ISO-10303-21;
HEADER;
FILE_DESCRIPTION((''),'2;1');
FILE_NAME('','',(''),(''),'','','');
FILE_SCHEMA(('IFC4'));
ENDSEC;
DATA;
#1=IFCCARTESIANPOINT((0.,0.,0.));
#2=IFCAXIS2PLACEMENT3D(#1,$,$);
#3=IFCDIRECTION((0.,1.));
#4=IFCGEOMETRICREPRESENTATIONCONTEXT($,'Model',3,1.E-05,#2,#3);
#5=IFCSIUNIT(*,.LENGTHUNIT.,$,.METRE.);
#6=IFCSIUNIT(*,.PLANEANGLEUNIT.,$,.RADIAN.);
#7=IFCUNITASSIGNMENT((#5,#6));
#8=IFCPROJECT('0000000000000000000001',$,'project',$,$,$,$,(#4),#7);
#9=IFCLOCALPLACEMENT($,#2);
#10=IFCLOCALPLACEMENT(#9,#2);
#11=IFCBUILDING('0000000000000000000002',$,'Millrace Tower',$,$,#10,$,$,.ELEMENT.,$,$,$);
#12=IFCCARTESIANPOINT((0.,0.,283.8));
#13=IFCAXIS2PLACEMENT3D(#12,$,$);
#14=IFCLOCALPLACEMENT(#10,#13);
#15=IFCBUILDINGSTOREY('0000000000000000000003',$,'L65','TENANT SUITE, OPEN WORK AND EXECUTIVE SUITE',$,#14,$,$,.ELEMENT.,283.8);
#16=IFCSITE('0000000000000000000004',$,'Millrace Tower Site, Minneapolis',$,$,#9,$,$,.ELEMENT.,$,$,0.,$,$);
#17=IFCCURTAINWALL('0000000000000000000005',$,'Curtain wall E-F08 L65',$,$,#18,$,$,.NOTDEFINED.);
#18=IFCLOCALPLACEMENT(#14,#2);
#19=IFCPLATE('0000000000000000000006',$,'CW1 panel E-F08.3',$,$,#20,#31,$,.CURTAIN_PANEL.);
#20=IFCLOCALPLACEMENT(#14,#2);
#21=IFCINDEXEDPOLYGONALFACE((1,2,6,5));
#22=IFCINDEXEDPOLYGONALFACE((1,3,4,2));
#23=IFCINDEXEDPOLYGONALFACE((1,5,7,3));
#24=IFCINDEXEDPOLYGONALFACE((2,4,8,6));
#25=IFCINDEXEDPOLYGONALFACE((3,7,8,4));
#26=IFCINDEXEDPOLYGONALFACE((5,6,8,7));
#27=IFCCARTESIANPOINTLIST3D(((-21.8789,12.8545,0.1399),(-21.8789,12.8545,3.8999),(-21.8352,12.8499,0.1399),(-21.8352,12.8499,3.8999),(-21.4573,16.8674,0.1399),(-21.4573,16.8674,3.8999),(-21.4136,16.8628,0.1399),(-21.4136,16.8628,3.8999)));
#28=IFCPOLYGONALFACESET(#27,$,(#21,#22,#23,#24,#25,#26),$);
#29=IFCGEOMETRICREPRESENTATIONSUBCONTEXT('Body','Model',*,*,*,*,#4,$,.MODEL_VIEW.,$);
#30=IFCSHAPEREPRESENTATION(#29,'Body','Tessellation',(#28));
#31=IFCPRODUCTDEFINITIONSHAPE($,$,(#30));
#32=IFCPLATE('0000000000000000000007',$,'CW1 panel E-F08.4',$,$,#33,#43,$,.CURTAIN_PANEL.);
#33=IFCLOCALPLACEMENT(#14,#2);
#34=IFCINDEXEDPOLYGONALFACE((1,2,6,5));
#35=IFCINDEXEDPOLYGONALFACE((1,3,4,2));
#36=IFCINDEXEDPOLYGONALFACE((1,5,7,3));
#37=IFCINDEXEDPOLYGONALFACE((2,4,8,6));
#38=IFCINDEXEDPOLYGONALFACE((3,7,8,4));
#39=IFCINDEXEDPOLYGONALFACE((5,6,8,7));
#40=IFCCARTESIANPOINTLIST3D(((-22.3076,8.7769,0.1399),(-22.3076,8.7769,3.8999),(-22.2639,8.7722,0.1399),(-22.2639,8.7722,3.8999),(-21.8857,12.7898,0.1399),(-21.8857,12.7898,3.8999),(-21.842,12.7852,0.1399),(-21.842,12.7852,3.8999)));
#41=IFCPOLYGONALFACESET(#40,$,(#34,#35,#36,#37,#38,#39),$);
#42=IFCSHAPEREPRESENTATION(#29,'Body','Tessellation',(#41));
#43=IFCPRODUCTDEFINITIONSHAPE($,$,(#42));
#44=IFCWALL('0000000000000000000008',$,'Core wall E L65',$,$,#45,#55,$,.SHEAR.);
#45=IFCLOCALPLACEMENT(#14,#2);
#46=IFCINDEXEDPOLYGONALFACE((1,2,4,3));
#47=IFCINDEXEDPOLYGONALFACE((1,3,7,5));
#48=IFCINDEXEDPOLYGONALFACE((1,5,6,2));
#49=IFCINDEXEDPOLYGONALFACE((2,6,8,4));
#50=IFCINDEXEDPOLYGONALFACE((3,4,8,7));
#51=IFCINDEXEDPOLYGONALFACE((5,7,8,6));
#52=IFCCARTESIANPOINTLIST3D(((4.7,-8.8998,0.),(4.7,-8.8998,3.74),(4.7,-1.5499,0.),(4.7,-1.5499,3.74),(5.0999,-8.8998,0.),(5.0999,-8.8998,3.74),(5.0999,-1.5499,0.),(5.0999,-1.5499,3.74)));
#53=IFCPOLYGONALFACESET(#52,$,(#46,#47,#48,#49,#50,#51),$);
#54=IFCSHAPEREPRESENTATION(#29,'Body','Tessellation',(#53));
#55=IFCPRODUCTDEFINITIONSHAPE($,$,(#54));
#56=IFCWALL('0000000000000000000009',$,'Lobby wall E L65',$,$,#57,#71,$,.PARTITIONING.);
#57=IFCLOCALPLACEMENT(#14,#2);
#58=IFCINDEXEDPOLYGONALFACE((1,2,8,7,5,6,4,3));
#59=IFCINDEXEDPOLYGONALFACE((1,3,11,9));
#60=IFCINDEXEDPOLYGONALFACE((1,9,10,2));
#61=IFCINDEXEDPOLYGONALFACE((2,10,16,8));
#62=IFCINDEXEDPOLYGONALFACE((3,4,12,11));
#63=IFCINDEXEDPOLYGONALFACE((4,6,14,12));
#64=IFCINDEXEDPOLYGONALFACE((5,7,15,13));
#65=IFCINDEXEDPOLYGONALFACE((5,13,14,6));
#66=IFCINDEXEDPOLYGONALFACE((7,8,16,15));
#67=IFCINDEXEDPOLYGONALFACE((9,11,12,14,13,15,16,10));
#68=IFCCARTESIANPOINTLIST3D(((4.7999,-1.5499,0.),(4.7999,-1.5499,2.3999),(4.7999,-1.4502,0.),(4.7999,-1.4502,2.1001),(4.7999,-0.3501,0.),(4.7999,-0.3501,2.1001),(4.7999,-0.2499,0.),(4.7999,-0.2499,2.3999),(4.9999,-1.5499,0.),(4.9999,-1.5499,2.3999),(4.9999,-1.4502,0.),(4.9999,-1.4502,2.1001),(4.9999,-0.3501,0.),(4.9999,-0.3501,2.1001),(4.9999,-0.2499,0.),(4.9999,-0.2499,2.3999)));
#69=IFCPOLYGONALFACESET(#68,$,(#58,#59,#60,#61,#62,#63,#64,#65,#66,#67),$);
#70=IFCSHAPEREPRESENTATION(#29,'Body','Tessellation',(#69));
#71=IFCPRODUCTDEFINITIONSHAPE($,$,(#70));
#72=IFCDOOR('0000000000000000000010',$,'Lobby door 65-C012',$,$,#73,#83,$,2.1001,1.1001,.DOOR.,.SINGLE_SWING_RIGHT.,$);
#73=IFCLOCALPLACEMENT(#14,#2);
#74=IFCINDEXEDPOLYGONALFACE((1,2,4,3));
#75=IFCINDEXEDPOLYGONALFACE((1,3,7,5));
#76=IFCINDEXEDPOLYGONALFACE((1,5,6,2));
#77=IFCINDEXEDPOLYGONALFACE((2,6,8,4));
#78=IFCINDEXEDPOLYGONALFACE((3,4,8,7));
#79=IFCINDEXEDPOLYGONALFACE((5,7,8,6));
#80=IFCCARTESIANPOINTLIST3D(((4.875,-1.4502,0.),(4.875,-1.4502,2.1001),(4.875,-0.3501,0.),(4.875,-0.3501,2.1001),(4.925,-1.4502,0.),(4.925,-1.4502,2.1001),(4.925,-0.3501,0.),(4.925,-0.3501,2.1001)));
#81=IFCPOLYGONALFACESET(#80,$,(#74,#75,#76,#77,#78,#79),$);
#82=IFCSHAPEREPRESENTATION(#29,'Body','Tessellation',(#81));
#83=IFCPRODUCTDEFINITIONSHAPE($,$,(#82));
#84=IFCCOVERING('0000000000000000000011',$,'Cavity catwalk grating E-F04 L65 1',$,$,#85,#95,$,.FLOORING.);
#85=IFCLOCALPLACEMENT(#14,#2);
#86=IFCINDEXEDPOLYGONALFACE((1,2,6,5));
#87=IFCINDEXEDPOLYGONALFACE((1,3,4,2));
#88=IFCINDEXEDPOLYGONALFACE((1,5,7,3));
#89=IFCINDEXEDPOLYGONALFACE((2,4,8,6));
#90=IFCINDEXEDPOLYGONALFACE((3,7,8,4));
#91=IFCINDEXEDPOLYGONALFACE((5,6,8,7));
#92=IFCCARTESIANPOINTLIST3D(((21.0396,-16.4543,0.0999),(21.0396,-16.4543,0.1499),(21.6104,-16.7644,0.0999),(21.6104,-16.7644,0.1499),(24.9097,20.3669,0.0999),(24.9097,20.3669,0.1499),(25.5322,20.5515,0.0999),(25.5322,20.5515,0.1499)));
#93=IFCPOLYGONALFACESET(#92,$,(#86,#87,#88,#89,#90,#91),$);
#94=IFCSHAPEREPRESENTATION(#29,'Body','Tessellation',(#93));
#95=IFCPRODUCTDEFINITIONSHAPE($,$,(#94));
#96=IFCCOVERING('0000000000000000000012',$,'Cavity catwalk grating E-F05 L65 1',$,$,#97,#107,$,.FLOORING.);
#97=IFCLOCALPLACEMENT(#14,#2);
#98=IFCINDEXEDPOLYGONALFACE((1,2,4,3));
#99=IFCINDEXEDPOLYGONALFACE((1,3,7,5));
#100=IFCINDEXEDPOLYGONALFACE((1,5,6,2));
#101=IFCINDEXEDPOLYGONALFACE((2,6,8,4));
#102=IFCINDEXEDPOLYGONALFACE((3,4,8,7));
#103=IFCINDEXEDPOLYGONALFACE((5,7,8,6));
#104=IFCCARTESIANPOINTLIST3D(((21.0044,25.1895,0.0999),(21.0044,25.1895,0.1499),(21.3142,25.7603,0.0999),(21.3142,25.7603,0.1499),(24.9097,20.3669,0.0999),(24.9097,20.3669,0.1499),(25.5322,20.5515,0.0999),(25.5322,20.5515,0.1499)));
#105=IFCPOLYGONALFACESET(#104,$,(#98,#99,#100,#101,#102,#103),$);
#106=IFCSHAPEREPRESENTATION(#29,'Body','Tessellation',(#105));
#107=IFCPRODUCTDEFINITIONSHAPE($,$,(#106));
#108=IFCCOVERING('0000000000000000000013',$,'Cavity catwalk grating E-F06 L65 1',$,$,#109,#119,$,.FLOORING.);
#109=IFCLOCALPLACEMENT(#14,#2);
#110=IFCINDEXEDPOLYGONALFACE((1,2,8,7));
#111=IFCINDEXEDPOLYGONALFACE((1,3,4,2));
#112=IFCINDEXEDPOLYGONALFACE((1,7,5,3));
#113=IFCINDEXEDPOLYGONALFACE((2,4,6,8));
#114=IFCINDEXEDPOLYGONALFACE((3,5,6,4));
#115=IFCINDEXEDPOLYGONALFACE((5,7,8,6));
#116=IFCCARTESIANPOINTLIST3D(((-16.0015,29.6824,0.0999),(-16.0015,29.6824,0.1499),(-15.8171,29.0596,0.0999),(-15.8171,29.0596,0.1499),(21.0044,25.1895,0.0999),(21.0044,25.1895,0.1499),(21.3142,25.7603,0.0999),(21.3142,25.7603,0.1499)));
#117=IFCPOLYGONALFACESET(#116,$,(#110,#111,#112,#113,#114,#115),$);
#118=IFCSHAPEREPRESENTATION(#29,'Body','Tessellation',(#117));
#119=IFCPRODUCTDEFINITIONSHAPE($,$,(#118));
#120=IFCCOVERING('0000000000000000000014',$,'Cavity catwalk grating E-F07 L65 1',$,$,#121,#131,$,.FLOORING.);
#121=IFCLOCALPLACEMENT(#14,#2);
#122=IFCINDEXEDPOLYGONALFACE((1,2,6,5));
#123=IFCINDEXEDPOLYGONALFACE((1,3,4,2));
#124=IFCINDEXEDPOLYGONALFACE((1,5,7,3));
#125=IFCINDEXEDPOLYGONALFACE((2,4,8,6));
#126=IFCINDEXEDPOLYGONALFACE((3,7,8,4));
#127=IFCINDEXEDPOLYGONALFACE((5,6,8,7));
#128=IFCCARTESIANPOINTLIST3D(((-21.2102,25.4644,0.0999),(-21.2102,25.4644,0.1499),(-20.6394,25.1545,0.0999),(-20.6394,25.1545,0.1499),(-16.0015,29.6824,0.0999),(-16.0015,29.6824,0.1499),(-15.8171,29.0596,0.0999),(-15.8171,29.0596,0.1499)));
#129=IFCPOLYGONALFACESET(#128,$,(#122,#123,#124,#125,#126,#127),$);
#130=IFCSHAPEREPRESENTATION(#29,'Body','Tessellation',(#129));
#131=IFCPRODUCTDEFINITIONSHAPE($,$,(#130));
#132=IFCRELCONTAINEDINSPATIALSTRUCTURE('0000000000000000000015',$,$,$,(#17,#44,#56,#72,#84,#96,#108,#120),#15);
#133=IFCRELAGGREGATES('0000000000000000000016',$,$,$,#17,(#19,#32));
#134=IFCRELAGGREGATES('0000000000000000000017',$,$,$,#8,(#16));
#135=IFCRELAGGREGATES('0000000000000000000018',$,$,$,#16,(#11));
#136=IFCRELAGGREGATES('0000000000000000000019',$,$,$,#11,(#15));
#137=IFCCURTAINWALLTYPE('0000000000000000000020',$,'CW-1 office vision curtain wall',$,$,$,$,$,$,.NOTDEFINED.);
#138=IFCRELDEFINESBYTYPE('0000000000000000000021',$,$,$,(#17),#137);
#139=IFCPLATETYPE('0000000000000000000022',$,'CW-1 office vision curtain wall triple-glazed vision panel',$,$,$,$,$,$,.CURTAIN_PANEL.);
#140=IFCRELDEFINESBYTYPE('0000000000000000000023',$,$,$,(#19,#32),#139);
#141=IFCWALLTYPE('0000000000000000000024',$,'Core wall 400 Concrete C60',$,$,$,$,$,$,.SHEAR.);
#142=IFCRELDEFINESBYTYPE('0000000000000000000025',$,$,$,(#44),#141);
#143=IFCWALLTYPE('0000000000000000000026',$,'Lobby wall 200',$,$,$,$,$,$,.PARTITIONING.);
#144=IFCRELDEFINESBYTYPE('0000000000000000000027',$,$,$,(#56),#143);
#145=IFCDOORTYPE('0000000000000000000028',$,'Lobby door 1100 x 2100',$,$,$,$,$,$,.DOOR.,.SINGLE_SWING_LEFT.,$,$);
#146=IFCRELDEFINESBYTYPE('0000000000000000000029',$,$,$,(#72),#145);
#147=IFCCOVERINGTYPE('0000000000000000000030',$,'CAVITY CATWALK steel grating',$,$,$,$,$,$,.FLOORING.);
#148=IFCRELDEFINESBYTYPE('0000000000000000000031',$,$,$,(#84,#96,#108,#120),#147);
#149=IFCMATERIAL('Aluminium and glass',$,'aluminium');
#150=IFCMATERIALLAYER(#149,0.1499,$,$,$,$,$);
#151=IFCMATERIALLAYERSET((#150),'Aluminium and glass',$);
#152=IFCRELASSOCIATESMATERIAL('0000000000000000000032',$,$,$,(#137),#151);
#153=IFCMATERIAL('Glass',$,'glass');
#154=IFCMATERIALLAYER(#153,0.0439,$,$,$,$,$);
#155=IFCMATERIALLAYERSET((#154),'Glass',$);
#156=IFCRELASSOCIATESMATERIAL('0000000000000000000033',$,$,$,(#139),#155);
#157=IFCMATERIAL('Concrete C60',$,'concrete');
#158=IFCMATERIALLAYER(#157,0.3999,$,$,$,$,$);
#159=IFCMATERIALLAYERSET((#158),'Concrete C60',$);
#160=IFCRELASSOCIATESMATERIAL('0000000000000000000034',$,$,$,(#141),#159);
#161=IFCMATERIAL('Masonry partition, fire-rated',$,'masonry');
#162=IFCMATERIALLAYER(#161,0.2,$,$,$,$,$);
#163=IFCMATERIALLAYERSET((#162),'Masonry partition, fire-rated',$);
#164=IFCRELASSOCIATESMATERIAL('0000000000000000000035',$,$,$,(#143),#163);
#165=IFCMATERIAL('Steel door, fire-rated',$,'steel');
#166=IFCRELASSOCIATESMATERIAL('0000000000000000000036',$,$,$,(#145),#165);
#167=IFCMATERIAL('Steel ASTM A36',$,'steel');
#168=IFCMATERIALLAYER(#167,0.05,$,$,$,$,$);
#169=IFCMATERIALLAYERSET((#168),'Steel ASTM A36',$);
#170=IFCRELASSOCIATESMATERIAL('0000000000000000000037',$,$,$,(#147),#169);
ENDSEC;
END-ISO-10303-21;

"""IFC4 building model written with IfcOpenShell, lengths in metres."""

from ifc_helpers import new_model, si_unit, direction, frame, frame_2d, origin, place, context, subcontext, project, spatial, polyline, rectangle, outline, extrude, material, layer, layer_set, type_object, element, fill, aggregate, save


model = new_model("IFC4")

# Units and contexts
model_context = context("Model", 3, precision=1e-05, world=origin(), true_north=direction((0.0, 1.0)))
body_context = subcontext(model_context, "Body", "Model", "MODEL_VIEW")
ifc_project = project(units=[si_unit("LENGTHUNIT", "METRE"), si_unit("PLANEANGLEUNIT", "RADIAN")], contexts=[model_context])

# Site, building, storey
site_placement = place(None, origin())
site = spatial("IfcSite", under=ifc_project, at=site_placement, Name="Millrace Tower Site, Minneapolis", CompositionType="ELEMENT", RefElevation=0.0)
building_placement = place(site_placement, origin())
building = spatial("IfcBuilding", under=site, at=building_placement, Name="Millrace Tower", CompositionType="ELEMENT")
storey_placement = place(building_placement, frame((0.0, 0.0, 283.8)))
storey = spatial("IfcBuildingStorey", under=building, at=storey_placement, Name="L65", Description="TENANT SUITE, OPEN WORK AND EXECUTIVE SUITE", CompositionType="ELEMENT", Elevation=283.8)

# Shared definitions
ifc_material_1 = material(Name="Aluminium and glass", Category="aluminium")
ifc_layer_1 = layer(ifc_material_1, 0.1499)
ifc_layer_set_1 = layer_set([ifc_layer_1], Name="Aluminium and glass")
curtain_wall_type = type_object("IfcCurtainWallType", Name="CW-1 office vision curtain wall", PredefinedType="NOTDEFINED", material=ifc_layer_set_1)
placement_1 = place(storey_placement, origin())
ifc_material_2 = material(Name="Glass", Category="glass")
ifc_layer_2 = layer(ifc_material_2, 0.0439)
ifc_layer_set_2 = layer_set([ifc_layer_2], Name="Glass")
plate_type = type_object("IfcPlateType", Name="CW-1 office vision curtain wall triple-glazed vision panel", PredefinedType="CURTAIN_PANEL", material=ifc_layer_set_2)
placement_2 = place(storey_placement, frame((0.0, 0.0, 0.1399)))

# Curtain wall, plates
curtain_wall_1 = element("IfcCurtainWall", 1, at=placement_1, inside=storey, type_object=curtain_wall_type, Name="Curtain wall E-F08 L65", PredefinedType="NOTDEFINED")
plate_1 = element("IfcPlate", 2, at=placement_2, type_object=plate_type, Name="CW1 panel E-F08.3", PredefinedType="CURTAIN_PANEL", context=body_context, shape_type="SweptSolid", body=[
    extrude(outline(polyline([(-21.4573, 16.8674), (-21.8789, 12.8545), (-21.8352, 12.8499), (-21.4136, 16.8628), (-21.4573, 16.8674)])), origin(), (0.0, 0.0, 1.0), 3.76),
])
plate_2 = element("IfcPlate", 3, at=placement_2, type_object=plate_type, Name="CW1 panel E-F08.4", PredefinedType="CURTAIN_PANEL", context=body_context, shape_type="SweptSolid", body=[
    extrude(outline(polyline([(-21.8857, 12.7898), (-22.3076, 8.7769), (-22.2639, 8.7722), (-21.842, 12.7852), (-21.8857, 12.7898)])), origin(), (0.0, 0.0, 1.0), 3.76),
])
aggregate(curtain_wall_1, [plate_1, plate_2])

# Wall
ifc_material_3 = material(Name="Concrete C60", Category="concrete")
ifc_layer_3 = layer(ifc_material_3, 0.3999)
ifc_layer_set_3 = layer_set([ifc_layer_3], Name="Concrete C60")
wall_type_1 = type_object("IfcWallType", Name="Core wall 400 Concrete C60", PredefinedType="SHEAR", material=ifc_layer_set_3)
wall_1_placement = place(storey_placement, frame((4.8999, -1.55, 0.0), z_axis=(0.0, 0.0, 1.0), x_axis=(0.0, -1.0, 0.0)))
element("IfcWall", 4, at=wall_1_placement, inside=storey, type_object=wall_type_1, Name="Core wall E L65", PredefinedType="SHEAR", context=body_context, shape_type="SweptSolid", body=[
    extrude(rectangle(XDim=7.3499, YDim=0.3999, at=frame_2d((3.6748, 0.0))), origin(), (0.0, 0.0, 1.0), 3.74),
])

# Wall, opening, door
ifc_material_4 = material(Name="Masonry partition, fire-rated", Category="masonry")
ifc_layer_4 = layer(ifc_material_4, 0.2)
ifc_layer_set_4 = layer_set([ifc_layer_4], Name="Masonry partition, fire-rated")
wall_type_2 = type_object("IfcWallType", Name="Lobby wall 200", PredefinedType="PARTITIONING", material=ifc_layer_set_4)
wall_2_placement = place(storey_placement, frame((4.8999, -0.25, 0.0), z_axis=(0.0, 0.0, 1.0), x_axis=(0.0, -1.0, 0.0)))
wall_2 = element("IfcWall", 5, at=wall_2_placement, inside=storey, type_object=wall_type_2, Name="Lobby wall E L65", PredefinedType="PARTITIONING", context=body_context, shape_type="SweptSolid", body=[
    extrude(rectangle(XDim=1.3, YDim=0.2, at=frame_2d((0.6499, 0.0))), origin(), (0.0, 0.0, 1.0), 2.3999),
])
opening_placement = place(wall_2_placement, frame((0.1001, 0.0, 0.0)))
opening = element("IfcOpeningElement", 6, at=opening_placement, cuts=wall_2, PredefinedType="OPENING", context=body_context, shape_type="SweptSolid", body=[
    extrude(rectangle(XDim=1.1001, YDim=2.1001, at=frame_2d((0.55, 1.05))), frame((0.0, 0.1099, 0.0), z_axis=(0.0, -1.0, 0.0), x_axis=(1.0, 0.0, 0.0)), (0.0, 0.0, 1.0), 0.22),
])
ifc_material_5 = material(Name="Steel door, fire-rated", Category="steel")
door_type = type_object("IfcDoorType", Name="Lobby door 1100 x 2100", OperationType="SINGLE_SWING_LEFT", PredefinedType="DOOR", material=ifc_material_5)
door_placement = place(opening_placement, frame((1.1001, 0.0, 0.0), z_axis=(0.0, 0.0, 1.0), x_axis=(-1.0, 0.0, 0.0)))
door = element("IfcDoor", 7, at=door_placement, inside=storey, type_object=door_type, Name="Lobby door 65-C012", OperationType="SINGLE_SWING_RIGHT", OverallHeight=2.1001, OverallWidth=1.1001, PredefinedType="DOOR", context=body_context, shape_type="SweptSolid", body=[
    extrude(rectangle(XDim=1.1001, YDim=2.1001, at=frame_2d((0.55, 1.05))), frame((0.0, 0.0249, 0.0), z_axis=(0.0, -1.0, 0.0), x_axis=(1.0, 0.0, 0.0)), (0.0, 0.0, 1.0), 0.05),
])
fill(opening, door)

# Coverings
ifc_material_6 = material(Name="Steel ASTM A36", Category="steel")
ifc_layer_5 = layer(ifc_material_6, 0.05)
ifc_layer_set_5 = layer_set([ifc_layer_5], Name="Steel ASTM A36")
covering_type = type_object("IfcCoveringType", Name="CAVITY CATWALK steel grating", PredefinedType="FLOORING", material=ifc_layer_set_5)
placement_3 = place(storey_placement, frame((0.0, 0.0, 0.0999)))
element("IfcCovering", 8, at=placement_3, inside=storey, type_object=covering_type, Name="Cavity catwalk grating E-F04 L65 1", PredefinedType="FLOORING", context=body_context, shape_type="SweptSolid", body=[
    extrude(outline(polyline([(21.6104, -16.7644), (25.5322, 20.5515), (24.9097, 20.3669), (21.0396, -16.4543), (21.6104, -16.7644)])), origin(), (0.0, 0.0, 1.0), 0.05),
])
element("IfcCovering", 9, at=placement_3, inside=storey, type_object=covering_type, Name="Cavity catwalk grating E-F05 L65 1", PredefinedType="FLOORING", context=body_context, shape_type="SweptSolid", body=[
    extrude(outline(polyline([(25.5322, 20.5515), (21.3142, 25.7603), (21.0044, 25.1895), (24.9097, 20.3669), (25.5322, 20.5515)])), origin(), (0.0, 0.0, 1.0), 0.05),
])
element("IfcCovering", 10, at=placement_3, inside=storey, type_object=covering_type, Name="Cavity catwalk grating E-F06 L65 1", PredefinedType="FLOORING", context=body_context, shape_type="SweptSolid", body=[
    extrude(outline(polyline([(21.3142, 25.7603), (-16.0015, 29.6824), (-15.8171, 29.0596), (21.0044, 25.1895), (21.3142, 25.7603)])), origin(), (0.0, 0.0, 1.0), 0.05),
])
element("IfcCovering", 11, at=placement_3, inside=storey, type_object=covering_type, Name="Cavity catwalk grating E-F07 L65 1", PredefinedType="FLOORING", context=body_context, shape_type="SweptSolid", body=[
    extrude(outline(polyline([(-16.0015, 29.6824), (-21.2102, 25.4644), (-20.6394, 25.1545), (-15.8171, 29.0596), (-16.0015, 29.6824)])), origin(), (0.0, 0.0, 1.0), 0.05),
])

save(model, "model.ifc")
